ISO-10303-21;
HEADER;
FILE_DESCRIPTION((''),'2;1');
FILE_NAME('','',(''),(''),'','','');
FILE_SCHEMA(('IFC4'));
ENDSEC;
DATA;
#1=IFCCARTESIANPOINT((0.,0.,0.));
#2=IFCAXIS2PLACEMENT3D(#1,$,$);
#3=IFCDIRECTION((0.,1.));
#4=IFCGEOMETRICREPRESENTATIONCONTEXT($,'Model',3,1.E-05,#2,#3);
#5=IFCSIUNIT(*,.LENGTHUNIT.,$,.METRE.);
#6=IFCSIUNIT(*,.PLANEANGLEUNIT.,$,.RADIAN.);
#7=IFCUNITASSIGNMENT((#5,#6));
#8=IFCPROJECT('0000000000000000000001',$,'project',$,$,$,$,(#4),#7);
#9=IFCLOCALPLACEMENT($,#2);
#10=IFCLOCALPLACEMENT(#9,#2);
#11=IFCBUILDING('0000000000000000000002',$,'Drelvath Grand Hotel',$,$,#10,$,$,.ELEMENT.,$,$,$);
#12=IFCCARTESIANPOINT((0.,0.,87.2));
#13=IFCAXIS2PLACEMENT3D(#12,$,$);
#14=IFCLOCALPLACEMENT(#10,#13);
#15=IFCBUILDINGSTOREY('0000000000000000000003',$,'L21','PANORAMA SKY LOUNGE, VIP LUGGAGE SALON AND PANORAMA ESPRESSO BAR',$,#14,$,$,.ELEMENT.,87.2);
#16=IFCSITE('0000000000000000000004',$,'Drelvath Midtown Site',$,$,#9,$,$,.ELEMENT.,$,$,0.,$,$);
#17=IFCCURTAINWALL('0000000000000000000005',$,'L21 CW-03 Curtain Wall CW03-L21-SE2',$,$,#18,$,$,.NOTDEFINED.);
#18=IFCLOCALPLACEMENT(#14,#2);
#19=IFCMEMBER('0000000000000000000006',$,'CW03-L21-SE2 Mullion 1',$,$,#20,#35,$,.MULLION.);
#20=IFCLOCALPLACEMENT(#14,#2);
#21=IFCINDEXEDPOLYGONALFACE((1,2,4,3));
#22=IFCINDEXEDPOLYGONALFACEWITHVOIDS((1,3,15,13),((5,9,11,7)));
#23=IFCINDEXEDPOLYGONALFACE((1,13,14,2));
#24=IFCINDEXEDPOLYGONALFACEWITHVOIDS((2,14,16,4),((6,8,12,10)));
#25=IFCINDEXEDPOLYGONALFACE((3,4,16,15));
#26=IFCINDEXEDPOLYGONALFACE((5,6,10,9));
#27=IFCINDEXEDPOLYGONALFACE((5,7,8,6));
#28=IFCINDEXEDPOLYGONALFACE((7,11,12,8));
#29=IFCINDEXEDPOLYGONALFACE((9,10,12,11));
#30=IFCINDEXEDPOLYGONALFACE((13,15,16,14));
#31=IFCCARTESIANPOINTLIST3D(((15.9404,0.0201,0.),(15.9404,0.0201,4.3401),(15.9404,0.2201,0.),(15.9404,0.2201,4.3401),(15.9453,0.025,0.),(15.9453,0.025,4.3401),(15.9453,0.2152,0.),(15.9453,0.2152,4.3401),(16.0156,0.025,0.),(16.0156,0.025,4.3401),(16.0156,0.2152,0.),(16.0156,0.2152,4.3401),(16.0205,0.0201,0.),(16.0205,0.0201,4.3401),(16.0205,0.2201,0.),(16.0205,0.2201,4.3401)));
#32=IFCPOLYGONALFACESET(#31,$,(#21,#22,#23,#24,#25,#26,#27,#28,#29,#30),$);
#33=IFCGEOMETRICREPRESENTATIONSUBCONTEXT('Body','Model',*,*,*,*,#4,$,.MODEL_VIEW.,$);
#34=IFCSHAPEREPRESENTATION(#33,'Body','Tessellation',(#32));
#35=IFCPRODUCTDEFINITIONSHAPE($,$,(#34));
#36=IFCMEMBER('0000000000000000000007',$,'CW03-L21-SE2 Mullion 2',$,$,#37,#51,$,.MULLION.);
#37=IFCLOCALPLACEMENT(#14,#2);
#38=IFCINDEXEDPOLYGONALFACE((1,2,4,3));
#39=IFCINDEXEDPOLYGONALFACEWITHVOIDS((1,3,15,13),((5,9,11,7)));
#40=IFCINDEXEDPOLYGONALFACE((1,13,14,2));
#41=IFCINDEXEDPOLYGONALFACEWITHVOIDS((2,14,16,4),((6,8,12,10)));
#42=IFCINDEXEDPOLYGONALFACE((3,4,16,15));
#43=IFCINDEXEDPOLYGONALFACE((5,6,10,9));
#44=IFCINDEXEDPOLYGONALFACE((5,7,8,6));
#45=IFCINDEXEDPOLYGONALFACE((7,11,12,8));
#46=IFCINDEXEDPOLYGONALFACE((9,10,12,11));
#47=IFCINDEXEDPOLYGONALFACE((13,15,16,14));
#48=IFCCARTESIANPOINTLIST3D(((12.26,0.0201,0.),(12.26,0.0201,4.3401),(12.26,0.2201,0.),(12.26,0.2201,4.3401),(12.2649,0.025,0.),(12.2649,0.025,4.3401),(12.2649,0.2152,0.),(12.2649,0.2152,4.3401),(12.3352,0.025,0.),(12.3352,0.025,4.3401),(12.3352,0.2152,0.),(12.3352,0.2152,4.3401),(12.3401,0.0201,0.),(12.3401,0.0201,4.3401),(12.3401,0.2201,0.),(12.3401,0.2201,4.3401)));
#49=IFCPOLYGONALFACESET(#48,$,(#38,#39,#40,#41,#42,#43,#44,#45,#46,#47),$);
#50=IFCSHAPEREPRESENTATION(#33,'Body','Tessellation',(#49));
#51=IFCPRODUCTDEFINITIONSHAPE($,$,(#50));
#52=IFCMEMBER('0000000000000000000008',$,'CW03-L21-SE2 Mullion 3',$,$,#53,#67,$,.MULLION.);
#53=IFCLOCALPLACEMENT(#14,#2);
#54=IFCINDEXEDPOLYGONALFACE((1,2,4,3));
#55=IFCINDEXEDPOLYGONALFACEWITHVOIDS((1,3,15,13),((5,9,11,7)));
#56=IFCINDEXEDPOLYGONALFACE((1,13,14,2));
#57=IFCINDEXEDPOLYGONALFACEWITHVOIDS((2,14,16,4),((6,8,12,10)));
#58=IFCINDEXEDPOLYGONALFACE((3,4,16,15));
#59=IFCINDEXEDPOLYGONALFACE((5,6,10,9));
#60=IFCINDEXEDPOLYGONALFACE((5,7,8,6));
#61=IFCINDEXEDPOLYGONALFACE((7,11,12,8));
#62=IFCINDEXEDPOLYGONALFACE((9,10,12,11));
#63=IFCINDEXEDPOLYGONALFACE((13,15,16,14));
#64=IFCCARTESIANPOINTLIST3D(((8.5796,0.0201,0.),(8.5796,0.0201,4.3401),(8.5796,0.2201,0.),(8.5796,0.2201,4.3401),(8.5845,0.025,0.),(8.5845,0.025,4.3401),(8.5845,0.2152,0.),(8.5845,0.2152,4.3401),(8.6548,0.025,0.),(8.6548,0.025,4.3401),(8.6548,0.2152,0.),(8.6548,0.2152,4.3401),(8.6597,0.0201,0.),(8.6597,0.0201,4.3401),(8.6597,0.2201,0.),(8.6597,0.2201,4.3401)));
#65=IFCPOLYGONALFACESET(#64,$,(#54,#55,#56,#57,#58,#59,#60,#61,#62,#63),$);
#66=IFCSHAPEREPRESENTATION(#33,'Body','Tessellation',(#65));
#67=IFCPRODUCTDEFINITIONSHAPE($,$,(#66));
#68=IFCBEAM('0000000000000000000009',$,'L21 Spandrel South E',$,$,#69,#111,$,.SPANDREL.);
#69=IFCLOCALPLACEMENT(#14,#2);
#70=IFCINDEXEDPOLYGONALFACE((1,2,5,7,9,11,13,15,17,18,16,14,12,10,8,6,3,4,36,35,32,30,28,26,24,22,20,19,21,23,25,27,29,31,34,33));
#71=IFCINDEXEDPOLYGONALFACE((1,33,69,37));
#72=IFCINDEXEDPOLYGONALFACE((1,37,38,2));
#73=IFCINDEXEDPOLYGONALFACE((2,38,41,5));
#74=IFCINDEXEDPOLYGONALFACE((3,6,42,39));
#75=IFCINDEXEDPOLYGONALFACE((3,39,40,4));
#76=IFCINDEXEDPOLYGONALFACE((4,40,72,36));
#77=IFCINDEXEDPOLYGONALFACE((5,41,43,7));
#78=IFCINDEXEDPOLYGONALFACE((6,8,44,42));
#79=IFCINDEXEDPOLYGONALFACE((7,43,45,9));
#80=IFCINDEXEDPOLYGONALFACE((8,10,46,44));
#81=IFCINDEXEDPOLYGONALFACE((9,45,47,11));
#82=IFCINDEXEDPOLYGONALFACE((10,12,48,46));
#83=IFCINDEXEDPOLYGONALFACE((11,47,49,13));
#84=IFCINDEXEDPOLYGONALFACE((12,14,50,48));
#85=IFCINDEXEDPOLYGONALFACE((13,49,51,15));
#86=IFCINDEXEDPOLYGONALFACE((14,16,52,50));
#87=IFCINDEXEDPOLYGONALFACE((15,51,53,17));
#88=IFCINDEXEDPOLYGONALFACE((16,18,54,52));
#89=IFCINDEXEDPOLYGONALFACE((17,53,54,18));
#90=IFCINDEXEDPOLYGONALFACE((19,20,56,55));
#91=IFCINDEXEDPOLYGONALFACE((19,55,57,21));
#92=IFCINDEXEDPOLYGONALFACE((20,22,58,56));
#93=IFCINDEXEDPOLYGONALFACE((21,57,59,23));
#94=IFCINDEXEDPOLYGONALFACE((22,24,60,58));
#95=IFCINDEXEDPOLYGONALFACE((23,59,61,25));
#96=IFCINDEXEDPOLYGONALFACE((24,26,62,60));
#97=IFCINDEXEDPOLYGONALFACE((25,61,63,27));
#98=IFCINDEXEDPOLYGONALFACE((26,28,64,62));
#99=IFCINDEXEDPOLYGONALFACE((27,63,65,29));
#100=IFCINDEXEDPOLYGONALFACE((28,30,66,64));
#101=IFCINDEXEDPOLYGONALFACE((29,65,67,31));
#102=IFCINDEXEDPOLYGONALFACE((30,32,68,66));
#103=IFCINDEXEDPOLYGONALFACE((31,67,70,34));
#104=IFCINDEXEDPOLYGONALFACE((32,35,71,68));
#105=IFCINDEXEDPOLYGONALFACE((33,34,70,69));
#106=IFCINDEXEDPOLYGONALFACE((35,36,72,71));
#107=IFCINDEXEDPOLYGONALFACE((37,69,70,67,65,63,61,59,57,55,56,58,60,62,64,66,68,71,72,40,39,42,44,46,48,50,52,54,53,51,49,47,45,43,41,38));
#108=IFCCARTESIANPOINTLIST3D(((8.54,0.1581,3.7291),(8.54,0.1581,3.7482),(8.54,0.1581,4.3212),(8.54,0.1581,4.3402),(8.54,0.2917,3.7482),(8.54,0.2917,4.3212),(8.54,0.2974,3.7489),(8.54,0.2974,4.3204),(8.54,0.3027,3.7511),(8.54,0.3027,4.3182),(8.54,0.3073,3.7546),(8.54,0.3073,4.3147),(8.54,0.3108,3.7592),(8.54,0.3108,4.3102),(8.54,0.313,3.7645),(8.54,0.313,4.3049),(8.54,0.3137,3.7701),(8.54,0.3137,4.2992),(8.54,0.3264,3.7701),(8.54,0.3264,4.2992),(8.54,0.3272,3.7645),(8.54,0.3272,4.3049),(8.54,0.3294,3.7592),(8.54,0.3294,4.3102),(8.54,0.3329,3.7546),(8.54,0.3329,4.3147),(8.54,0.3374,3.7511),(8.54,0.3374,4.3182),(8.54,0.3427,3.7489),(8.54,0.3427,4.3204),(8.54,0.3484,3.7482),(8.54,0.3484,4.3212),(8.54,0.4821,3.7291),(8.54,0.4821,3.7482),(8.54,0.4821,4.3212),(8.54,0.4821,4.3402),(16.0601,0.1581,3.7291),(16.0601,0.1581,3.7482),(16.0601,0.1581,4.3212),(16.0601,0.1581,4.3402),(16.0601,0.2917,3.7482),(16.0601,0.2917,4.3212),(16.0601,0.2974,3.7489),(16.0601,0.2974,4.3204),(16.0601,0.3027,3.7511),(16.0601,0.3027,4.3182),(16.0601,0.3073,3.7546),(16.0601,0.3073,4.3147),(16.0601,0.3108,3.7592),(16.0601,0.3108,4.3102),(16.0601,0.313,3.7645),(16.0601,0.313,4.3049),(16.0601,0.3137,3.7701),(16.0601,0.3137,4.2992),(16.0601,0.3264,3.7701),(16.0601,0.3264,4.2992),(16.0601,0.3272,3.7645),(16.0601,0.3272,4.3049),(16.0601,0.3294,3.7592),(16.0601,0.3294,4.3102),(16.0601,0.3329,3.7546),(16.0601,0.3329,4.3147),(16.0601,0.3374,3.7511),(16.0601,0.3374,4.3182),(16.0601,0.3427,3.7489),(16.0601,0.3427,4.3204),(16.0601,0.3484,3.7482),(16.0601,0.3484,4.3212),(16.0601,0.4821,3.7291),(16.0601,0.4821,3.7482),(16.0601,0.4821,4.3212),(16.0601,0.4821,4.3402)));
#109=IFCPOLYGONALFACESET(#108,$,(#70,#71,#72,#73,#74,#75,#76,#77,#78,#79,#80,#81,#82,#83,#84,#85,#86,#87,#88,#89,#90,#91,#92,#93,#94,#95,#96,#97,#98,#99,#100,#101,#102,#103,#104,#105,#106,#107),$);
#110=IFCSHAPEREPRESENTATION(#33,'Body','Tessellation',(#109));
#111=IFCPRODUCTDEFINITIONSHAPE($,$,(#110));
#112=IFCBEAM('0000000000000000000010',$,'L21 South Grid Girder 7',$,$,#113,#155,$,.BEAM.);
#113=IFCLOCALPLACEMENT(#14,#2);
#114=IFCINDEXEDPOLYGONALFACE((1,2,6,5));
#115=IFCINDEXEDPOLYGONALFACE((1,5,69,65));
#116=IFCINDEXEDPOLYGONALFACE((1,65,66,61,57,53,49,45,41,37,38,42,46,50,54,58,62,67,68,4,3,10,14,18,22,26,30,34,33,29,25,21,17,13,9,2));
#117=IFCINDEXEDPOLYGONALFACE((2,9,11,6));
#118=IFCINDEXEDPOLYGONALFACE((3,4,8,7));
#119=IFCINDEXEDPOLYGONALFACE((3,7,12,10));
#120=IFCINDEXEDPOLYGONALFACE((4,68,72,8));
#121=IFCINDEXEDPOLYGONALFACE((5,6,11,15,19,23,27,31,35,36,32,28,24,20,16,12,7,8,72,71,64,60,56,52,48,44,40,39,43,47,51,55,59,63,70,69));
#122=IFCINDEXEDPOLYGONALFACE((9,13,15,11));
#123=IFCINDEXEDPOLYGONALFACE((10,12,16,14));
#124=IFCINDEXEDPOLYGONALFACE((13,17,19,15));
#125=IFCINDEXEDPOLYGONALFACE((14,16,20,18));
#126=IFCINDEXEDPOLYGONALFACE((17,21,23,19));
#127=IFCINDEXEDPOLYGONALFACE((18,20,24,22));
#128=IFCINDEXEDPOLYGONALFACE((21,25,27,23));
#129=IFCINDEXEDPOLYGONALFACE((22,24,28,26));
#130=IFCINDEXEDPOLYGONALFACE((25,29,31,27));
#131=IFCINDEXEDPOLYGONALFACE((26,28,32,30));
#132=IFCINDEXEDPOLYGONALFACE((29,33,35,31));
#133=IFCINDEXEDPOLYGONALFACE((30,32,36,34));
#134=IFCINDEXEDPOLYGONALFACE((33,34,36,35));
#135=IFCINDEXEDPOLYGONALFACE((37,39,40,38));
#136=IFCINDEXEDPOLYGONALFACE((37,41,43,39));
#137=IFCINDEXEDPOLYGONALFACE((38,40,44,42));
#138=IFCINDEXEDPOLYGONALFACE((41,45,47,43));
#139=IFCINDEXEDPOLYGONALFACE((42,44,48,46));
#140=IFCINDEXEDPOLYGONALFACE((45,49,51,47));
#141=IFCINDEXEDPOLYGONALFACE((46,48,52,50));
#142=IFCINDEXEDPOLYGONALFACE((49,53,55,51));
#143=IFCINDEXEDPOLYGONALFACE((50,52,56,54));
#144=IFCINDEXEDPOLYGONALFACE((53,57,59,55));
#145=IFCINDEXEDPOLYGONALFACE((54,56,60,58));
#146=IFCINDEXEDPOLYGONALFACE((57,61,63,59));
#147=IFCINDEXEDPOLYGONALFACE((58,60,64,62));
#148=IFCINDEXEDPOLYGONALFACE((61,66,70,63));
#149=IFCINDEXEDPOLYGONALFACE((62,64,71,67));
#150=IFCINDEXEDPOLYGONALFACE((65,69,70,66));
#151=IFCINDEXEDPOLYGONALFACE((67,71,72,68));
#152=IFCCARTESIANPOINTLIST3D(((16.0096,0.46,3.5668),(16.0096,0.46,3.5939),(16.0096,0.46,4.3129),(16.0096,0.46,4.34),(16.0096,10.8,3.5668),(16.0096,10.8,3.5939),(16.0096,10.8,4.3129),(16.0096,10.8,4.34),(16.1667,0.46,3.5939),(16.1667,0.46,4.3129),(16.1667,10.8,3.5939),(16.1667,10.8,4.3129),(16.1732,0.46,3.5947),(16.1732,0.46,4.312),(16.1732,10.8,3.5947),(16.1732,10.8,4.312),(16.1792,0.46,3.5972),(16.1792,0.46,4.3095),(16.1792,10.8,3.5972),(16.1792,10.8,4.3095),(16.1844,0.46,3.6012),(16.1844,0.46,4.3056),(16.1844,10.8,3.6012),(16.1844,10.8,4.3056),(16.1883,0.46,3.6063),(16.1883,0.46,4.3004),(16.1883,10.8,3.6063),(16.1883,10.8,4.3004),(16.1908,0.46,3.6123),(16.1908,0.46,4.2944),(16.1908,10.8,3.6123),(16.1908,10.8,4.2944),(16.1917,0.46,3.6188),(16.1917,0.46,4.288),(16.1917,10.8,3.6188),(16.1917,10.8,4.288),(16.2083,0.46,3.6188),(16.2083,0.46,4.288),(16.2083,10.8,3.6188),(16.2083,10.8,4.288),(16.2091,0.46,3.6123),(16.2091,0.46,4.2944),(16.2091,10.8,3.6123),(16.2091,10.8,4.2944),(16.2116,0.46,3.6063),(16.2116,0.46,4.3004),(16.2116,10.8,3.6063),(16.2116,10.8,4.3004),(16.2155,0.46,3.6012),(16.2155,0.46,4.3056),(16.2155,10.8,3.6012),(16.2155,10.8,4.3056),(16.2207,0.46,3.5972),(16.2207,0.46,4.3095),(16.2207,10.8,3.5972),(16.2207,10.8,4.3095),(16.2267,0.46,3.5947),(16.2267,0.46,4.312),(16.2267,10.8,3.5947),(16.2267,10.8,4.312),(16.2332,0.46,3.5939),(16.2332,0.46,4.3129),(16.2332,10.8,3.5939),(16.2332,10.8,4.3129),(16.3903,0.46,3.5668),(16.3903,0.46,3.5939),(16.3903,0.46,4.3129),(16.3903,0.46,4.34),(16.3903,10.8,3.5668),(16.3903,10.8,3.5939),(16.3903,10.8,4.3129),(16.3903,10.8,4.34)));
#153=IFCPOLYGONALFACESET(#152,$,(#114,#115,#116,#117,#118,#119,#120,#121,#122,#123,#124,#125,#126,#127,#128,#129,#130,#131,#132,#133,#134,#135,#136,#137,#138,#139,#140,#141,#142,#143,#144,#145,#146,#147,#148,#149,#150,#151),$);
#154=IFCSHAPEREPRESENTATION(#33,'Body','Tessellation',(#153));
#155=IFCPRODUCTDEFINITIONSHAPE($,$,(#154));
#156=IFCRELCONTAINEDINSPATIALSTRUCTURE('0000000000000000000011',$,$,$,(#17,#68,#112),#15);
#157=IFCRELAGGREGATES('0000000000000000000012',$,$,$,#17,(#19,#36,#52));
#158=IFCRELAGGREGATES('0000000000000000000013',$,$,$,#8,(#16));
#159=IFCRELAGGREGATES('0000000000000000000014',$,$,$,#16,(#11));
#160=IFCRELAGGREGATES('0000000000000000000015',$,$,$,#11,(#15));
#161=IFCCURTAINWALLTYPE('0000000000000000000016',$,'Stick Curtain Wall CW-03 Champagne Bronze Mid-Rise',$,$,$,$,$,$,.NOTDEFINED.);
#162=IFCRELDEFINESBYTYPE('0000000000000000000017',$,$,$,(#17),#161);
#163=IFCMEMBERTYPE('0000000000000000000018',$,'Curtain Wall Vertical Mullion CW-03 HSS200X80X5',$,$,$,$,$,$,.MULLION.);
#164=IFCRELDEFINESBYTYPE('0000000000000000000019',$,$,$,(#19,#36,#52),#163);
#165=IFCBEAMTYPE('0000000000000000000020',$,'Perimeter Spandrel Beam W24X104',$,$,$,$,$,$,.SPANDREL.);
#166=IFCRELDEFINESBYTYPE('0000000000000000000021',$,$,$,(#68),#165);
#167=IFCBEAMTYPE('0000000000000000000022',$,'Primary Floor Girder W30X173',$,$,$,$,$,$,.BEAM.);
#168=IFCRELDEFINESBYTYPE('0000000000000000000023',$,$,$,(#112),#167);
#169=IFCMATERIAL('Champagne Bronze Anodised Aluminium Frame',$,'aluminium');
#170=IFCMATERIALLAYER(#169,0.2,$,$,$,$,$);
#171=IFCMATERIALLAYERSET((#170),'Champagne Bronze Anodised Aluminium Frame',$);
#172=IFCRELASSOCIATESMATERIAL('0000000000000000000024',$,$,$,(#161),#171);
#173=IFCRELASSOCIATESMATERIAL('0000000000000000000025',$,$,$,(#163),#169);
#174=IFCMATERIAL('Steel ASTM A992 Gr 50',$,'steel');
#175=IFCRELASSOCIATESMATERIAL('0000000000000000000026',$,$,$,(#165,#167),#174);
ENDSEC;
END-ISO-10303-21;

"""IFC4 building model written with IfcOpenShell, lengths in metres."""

from ifc_helpers import new_model, si_unit, direction, frame, origin, origin_2d, place, context, subcontext, project, spatial, hollow_rectangle, i_section, extrude, material, layer, layer_set, material_profile, profile_set, type_object, element, aggregate, save


model = new_model("IFC4")

# Units and contexts
model_context = context("Model", 3, precision=1e-05, world=origin(), true_north=direction((0.0, 1.0)))
body_context = subcontext(model_context, "Body", "Model", "MODEL_VIEW")
ifc_project = project(units=[si_unit("LENGTHUNIT", "METRE"), si_unit("PLANEANGLEUNIT", "RADIAN")], contexts=[model_context])

# Site, building, storey
site_placement = place(None, origin())
site = spatial("IfcSite", under=ifc_project, at=site_placement, Name="Drelvath Midtown Site", CompositionType="ELEMENT", RefElevation=0.0)
building_placement = place(site_placement, origin())
building = spatial("IfcBuilding", under=site, at=building_placement, Name="Drelvath Grand Hotel", CompositionType="ELEMENT")
storey_placement = place(building_placement, frame((0.0, 0.0, 87.2)))
storey = spatial("IfcBuildingStorey", under=building, at=storey_placement, Name="L21", Description="PANORAMA SKY LOUNGE, VIP LUGGAGE SALON AND PANORAMA ESPRESSO BAR", CompositionType="ELEMENT", Elevation=87.2)

# Curtain wall
ifc_material_1 = material(Name="Champagne Bronze Anodised Aluminium Frame", Category="aluminium")
ifc_layer_1 = layer(ifc_material_1, 0.2)
ifc_layer_set_1 = layer_set([ifc_layer_1], Name="Champagne Bronze Anodised Aluminium Frame")
curtain_wall_type = type_object("IfcCurtainWallType", Name="Stick Curtain Wall CW-03 Champagne Bronze Mid-Rise", PredefinedType="NOTDEFINED", material=ifc_layer_set_1)
curtain_wall_1_placement = place(storey_placement, origin())
curtain_wall_1 = element("IfcCurtainWall", 1, at=curtain_wall_1_placement, inside=storey, type_object=curtain_wall_type, Name="L21 CW-03 Curtain Wall CW03-L21-SE2", PredefinedType="NOTDEFINED")

# Shared definitions
ifc_material_profile_1 = material_profile(ifc_material_1, hollow_rectangle(XDim=0.0801, YDim=0.2, WallThickness=0.0049, at=origin_2d()), Name="HSS200X80X5")
ifc_profile_set_1 = profile_set([ifc_material_profile_1], Name="Champagne Bronze Anodised Aluminium Frame")
member_type_1 = type_object("IfcMemberType", Name="Curtain Wall Vertical Mullion CW-03 HSS200X80X5", PredefinedType="MULLION", material=ifc_profile_set_1)

# Members
member_1_placement = place(storey_placement, frame((15.9805, 0.1201, 0.0), z_axis=(0.0, 0.0, 1.0), x_axis=(1.0, 0.0, 0.0)))
member_1 = element("IfcMember", 2, at=member_1_placement, type_object=member_type_1, Name="CW03-L21-SE2 Mullion 1", PredefinedType="MULLION", context=body_context, shape_type="SweptSolid", body=[
    extrude(hollow_rectangle(XDim=0.0801, YDim=0.2, WallThickness=0.0049, at=origin_2d()), origin(), (0.0, 0.0, 1.0), 4.3401),
])
member_2_placement = place(storey_placement, frame((12.3, 0.1201, 0.0), z_axis=(0.0, 0.0, 1.0), x_axis=(1.0, 0.0, 0.0)))
member_2 = element("IfcMember", 3, at=member_2_placement, type_object=member_type_1, Name="CW03-L21-SE2 Mullion 2", PredefinedType="MULLION", context=body_context, shape_type="SweptSolid", body=[
    extrude(hollow_rectangle(XDim=0.0801, YDim=0.2, WallThickness=0.0049, at=origin_2d()), origin(), (0.0, 0.0, 1.0), 4.3401),
])
member_3_placement = place(storey_placement, frame((8.6196, 0.1201, 0.0), z_axis=(0.0, 0.0, 1.0), x_axis=(1.0, 0.0, 0.0)))
member_3 = element("IfcMember", 4, at=member_3_placement, type_object=member_type_1, Name="CW03-L21-SE2 Mullion 3", PredefinedType="MULLION", context=body_context, shape_type="SweptSolid", body=[
    extrude(hollow_rectangle(XDim=0.0801, YDim=0.2, WallThickness=0.0049, at=origin_2d()), origin(), (0.0, 0.0, 1.0), 4.3401),
])

# Beams
ifc_material_2 = material(Name="Steel ASTM A992 Gr 50", Category="steel")
ifc_material_profile_2 = material_profile(ifc_material_2, i_section(OverallWidth=0.324, OverallDepth=0.6111, WebThickness=0.0127, FlangeThickness=0.019, FilletRadius=0.022, at=origin_2d()), Name="W24X104")
ifc_profile_set_2 = profile_set([ifc_material_profile_2], Name="Steel ASTM A992 Gr 50")
beam_type_1 = type_object("IfcBeamType", Name="Perimeter Spandrel Beam W24X104", PredefinedType="SPANDREL", material=ifc_profile_set_2)
beam_1_placement = place(storey_placement, frame((8.54, 0.3201, 4.0347), z_axis=(1.0, 0.0, 0.0), x_axis=(0.0, 1.0, 0.0)))
element("IfcBeam", 5, at=beam_1_placement, inside=storey, type_object=beam_type_1, Name="L21 Spandrel South E", PredefinedType="SPANDREL", context=body_context, shape_type="SweptSolid", body=[
    extrude(i_section(OverallWidth=0.324, OverallDepth=0.6111, WebThickness=0.0127, FlangeThickness=0.019, FilletRadius=0.022, at=origin_2d()), origin(), (0.0, 0.0, 1.0), 7.52),
])
ifc_material_profile_3 = material_profile(ifc_material_2, i_section(OverallWidth=0.3806, OverallDepth=0.7732, WebThickness=0.0166, FlangeThickness=0.0271, FilletRadius=0.0249, at=origin_2d()), Name="W30X173")
ifc_profile_set_3 = profile_set([ifc_material_profile_3], Name="Steel ASTM A992 Gr 50")
beam_type_2 = type_object("IfcBeamType", Name="Primary Floor Girder W30X173", PredefinedType="BEAM", material=ifc_profile_set_3)
beam_2_placement = place(storey_placement, frame((16.2, 0.46, 3.9534), z_axis=(0.0, 1.0, 0.0), x_axis=(-1.0, 0.0, 0.0)))
element("IfcBeam", 6, at=beam_2_placement, inside=storey, type_object=beam_type_2, Name="L21 South Grid Girder 7", PredefinedType="BEAM", context=body_context, shape_type="SweptSolid", body=[
    extrude(i_section(OverallWidth=0.3806, OverallDepth=0.7732, WebThickness=0.0166, FlangeThickness=0.0271, FilletRadius=0.0249, at=origin_2d()), origin(), (0.0, 0.0, 1.0), 10.3401),
])

aggregate(curtain_wall_1, [member_1, member_2, member_3])

save(model, "model.ifc")
